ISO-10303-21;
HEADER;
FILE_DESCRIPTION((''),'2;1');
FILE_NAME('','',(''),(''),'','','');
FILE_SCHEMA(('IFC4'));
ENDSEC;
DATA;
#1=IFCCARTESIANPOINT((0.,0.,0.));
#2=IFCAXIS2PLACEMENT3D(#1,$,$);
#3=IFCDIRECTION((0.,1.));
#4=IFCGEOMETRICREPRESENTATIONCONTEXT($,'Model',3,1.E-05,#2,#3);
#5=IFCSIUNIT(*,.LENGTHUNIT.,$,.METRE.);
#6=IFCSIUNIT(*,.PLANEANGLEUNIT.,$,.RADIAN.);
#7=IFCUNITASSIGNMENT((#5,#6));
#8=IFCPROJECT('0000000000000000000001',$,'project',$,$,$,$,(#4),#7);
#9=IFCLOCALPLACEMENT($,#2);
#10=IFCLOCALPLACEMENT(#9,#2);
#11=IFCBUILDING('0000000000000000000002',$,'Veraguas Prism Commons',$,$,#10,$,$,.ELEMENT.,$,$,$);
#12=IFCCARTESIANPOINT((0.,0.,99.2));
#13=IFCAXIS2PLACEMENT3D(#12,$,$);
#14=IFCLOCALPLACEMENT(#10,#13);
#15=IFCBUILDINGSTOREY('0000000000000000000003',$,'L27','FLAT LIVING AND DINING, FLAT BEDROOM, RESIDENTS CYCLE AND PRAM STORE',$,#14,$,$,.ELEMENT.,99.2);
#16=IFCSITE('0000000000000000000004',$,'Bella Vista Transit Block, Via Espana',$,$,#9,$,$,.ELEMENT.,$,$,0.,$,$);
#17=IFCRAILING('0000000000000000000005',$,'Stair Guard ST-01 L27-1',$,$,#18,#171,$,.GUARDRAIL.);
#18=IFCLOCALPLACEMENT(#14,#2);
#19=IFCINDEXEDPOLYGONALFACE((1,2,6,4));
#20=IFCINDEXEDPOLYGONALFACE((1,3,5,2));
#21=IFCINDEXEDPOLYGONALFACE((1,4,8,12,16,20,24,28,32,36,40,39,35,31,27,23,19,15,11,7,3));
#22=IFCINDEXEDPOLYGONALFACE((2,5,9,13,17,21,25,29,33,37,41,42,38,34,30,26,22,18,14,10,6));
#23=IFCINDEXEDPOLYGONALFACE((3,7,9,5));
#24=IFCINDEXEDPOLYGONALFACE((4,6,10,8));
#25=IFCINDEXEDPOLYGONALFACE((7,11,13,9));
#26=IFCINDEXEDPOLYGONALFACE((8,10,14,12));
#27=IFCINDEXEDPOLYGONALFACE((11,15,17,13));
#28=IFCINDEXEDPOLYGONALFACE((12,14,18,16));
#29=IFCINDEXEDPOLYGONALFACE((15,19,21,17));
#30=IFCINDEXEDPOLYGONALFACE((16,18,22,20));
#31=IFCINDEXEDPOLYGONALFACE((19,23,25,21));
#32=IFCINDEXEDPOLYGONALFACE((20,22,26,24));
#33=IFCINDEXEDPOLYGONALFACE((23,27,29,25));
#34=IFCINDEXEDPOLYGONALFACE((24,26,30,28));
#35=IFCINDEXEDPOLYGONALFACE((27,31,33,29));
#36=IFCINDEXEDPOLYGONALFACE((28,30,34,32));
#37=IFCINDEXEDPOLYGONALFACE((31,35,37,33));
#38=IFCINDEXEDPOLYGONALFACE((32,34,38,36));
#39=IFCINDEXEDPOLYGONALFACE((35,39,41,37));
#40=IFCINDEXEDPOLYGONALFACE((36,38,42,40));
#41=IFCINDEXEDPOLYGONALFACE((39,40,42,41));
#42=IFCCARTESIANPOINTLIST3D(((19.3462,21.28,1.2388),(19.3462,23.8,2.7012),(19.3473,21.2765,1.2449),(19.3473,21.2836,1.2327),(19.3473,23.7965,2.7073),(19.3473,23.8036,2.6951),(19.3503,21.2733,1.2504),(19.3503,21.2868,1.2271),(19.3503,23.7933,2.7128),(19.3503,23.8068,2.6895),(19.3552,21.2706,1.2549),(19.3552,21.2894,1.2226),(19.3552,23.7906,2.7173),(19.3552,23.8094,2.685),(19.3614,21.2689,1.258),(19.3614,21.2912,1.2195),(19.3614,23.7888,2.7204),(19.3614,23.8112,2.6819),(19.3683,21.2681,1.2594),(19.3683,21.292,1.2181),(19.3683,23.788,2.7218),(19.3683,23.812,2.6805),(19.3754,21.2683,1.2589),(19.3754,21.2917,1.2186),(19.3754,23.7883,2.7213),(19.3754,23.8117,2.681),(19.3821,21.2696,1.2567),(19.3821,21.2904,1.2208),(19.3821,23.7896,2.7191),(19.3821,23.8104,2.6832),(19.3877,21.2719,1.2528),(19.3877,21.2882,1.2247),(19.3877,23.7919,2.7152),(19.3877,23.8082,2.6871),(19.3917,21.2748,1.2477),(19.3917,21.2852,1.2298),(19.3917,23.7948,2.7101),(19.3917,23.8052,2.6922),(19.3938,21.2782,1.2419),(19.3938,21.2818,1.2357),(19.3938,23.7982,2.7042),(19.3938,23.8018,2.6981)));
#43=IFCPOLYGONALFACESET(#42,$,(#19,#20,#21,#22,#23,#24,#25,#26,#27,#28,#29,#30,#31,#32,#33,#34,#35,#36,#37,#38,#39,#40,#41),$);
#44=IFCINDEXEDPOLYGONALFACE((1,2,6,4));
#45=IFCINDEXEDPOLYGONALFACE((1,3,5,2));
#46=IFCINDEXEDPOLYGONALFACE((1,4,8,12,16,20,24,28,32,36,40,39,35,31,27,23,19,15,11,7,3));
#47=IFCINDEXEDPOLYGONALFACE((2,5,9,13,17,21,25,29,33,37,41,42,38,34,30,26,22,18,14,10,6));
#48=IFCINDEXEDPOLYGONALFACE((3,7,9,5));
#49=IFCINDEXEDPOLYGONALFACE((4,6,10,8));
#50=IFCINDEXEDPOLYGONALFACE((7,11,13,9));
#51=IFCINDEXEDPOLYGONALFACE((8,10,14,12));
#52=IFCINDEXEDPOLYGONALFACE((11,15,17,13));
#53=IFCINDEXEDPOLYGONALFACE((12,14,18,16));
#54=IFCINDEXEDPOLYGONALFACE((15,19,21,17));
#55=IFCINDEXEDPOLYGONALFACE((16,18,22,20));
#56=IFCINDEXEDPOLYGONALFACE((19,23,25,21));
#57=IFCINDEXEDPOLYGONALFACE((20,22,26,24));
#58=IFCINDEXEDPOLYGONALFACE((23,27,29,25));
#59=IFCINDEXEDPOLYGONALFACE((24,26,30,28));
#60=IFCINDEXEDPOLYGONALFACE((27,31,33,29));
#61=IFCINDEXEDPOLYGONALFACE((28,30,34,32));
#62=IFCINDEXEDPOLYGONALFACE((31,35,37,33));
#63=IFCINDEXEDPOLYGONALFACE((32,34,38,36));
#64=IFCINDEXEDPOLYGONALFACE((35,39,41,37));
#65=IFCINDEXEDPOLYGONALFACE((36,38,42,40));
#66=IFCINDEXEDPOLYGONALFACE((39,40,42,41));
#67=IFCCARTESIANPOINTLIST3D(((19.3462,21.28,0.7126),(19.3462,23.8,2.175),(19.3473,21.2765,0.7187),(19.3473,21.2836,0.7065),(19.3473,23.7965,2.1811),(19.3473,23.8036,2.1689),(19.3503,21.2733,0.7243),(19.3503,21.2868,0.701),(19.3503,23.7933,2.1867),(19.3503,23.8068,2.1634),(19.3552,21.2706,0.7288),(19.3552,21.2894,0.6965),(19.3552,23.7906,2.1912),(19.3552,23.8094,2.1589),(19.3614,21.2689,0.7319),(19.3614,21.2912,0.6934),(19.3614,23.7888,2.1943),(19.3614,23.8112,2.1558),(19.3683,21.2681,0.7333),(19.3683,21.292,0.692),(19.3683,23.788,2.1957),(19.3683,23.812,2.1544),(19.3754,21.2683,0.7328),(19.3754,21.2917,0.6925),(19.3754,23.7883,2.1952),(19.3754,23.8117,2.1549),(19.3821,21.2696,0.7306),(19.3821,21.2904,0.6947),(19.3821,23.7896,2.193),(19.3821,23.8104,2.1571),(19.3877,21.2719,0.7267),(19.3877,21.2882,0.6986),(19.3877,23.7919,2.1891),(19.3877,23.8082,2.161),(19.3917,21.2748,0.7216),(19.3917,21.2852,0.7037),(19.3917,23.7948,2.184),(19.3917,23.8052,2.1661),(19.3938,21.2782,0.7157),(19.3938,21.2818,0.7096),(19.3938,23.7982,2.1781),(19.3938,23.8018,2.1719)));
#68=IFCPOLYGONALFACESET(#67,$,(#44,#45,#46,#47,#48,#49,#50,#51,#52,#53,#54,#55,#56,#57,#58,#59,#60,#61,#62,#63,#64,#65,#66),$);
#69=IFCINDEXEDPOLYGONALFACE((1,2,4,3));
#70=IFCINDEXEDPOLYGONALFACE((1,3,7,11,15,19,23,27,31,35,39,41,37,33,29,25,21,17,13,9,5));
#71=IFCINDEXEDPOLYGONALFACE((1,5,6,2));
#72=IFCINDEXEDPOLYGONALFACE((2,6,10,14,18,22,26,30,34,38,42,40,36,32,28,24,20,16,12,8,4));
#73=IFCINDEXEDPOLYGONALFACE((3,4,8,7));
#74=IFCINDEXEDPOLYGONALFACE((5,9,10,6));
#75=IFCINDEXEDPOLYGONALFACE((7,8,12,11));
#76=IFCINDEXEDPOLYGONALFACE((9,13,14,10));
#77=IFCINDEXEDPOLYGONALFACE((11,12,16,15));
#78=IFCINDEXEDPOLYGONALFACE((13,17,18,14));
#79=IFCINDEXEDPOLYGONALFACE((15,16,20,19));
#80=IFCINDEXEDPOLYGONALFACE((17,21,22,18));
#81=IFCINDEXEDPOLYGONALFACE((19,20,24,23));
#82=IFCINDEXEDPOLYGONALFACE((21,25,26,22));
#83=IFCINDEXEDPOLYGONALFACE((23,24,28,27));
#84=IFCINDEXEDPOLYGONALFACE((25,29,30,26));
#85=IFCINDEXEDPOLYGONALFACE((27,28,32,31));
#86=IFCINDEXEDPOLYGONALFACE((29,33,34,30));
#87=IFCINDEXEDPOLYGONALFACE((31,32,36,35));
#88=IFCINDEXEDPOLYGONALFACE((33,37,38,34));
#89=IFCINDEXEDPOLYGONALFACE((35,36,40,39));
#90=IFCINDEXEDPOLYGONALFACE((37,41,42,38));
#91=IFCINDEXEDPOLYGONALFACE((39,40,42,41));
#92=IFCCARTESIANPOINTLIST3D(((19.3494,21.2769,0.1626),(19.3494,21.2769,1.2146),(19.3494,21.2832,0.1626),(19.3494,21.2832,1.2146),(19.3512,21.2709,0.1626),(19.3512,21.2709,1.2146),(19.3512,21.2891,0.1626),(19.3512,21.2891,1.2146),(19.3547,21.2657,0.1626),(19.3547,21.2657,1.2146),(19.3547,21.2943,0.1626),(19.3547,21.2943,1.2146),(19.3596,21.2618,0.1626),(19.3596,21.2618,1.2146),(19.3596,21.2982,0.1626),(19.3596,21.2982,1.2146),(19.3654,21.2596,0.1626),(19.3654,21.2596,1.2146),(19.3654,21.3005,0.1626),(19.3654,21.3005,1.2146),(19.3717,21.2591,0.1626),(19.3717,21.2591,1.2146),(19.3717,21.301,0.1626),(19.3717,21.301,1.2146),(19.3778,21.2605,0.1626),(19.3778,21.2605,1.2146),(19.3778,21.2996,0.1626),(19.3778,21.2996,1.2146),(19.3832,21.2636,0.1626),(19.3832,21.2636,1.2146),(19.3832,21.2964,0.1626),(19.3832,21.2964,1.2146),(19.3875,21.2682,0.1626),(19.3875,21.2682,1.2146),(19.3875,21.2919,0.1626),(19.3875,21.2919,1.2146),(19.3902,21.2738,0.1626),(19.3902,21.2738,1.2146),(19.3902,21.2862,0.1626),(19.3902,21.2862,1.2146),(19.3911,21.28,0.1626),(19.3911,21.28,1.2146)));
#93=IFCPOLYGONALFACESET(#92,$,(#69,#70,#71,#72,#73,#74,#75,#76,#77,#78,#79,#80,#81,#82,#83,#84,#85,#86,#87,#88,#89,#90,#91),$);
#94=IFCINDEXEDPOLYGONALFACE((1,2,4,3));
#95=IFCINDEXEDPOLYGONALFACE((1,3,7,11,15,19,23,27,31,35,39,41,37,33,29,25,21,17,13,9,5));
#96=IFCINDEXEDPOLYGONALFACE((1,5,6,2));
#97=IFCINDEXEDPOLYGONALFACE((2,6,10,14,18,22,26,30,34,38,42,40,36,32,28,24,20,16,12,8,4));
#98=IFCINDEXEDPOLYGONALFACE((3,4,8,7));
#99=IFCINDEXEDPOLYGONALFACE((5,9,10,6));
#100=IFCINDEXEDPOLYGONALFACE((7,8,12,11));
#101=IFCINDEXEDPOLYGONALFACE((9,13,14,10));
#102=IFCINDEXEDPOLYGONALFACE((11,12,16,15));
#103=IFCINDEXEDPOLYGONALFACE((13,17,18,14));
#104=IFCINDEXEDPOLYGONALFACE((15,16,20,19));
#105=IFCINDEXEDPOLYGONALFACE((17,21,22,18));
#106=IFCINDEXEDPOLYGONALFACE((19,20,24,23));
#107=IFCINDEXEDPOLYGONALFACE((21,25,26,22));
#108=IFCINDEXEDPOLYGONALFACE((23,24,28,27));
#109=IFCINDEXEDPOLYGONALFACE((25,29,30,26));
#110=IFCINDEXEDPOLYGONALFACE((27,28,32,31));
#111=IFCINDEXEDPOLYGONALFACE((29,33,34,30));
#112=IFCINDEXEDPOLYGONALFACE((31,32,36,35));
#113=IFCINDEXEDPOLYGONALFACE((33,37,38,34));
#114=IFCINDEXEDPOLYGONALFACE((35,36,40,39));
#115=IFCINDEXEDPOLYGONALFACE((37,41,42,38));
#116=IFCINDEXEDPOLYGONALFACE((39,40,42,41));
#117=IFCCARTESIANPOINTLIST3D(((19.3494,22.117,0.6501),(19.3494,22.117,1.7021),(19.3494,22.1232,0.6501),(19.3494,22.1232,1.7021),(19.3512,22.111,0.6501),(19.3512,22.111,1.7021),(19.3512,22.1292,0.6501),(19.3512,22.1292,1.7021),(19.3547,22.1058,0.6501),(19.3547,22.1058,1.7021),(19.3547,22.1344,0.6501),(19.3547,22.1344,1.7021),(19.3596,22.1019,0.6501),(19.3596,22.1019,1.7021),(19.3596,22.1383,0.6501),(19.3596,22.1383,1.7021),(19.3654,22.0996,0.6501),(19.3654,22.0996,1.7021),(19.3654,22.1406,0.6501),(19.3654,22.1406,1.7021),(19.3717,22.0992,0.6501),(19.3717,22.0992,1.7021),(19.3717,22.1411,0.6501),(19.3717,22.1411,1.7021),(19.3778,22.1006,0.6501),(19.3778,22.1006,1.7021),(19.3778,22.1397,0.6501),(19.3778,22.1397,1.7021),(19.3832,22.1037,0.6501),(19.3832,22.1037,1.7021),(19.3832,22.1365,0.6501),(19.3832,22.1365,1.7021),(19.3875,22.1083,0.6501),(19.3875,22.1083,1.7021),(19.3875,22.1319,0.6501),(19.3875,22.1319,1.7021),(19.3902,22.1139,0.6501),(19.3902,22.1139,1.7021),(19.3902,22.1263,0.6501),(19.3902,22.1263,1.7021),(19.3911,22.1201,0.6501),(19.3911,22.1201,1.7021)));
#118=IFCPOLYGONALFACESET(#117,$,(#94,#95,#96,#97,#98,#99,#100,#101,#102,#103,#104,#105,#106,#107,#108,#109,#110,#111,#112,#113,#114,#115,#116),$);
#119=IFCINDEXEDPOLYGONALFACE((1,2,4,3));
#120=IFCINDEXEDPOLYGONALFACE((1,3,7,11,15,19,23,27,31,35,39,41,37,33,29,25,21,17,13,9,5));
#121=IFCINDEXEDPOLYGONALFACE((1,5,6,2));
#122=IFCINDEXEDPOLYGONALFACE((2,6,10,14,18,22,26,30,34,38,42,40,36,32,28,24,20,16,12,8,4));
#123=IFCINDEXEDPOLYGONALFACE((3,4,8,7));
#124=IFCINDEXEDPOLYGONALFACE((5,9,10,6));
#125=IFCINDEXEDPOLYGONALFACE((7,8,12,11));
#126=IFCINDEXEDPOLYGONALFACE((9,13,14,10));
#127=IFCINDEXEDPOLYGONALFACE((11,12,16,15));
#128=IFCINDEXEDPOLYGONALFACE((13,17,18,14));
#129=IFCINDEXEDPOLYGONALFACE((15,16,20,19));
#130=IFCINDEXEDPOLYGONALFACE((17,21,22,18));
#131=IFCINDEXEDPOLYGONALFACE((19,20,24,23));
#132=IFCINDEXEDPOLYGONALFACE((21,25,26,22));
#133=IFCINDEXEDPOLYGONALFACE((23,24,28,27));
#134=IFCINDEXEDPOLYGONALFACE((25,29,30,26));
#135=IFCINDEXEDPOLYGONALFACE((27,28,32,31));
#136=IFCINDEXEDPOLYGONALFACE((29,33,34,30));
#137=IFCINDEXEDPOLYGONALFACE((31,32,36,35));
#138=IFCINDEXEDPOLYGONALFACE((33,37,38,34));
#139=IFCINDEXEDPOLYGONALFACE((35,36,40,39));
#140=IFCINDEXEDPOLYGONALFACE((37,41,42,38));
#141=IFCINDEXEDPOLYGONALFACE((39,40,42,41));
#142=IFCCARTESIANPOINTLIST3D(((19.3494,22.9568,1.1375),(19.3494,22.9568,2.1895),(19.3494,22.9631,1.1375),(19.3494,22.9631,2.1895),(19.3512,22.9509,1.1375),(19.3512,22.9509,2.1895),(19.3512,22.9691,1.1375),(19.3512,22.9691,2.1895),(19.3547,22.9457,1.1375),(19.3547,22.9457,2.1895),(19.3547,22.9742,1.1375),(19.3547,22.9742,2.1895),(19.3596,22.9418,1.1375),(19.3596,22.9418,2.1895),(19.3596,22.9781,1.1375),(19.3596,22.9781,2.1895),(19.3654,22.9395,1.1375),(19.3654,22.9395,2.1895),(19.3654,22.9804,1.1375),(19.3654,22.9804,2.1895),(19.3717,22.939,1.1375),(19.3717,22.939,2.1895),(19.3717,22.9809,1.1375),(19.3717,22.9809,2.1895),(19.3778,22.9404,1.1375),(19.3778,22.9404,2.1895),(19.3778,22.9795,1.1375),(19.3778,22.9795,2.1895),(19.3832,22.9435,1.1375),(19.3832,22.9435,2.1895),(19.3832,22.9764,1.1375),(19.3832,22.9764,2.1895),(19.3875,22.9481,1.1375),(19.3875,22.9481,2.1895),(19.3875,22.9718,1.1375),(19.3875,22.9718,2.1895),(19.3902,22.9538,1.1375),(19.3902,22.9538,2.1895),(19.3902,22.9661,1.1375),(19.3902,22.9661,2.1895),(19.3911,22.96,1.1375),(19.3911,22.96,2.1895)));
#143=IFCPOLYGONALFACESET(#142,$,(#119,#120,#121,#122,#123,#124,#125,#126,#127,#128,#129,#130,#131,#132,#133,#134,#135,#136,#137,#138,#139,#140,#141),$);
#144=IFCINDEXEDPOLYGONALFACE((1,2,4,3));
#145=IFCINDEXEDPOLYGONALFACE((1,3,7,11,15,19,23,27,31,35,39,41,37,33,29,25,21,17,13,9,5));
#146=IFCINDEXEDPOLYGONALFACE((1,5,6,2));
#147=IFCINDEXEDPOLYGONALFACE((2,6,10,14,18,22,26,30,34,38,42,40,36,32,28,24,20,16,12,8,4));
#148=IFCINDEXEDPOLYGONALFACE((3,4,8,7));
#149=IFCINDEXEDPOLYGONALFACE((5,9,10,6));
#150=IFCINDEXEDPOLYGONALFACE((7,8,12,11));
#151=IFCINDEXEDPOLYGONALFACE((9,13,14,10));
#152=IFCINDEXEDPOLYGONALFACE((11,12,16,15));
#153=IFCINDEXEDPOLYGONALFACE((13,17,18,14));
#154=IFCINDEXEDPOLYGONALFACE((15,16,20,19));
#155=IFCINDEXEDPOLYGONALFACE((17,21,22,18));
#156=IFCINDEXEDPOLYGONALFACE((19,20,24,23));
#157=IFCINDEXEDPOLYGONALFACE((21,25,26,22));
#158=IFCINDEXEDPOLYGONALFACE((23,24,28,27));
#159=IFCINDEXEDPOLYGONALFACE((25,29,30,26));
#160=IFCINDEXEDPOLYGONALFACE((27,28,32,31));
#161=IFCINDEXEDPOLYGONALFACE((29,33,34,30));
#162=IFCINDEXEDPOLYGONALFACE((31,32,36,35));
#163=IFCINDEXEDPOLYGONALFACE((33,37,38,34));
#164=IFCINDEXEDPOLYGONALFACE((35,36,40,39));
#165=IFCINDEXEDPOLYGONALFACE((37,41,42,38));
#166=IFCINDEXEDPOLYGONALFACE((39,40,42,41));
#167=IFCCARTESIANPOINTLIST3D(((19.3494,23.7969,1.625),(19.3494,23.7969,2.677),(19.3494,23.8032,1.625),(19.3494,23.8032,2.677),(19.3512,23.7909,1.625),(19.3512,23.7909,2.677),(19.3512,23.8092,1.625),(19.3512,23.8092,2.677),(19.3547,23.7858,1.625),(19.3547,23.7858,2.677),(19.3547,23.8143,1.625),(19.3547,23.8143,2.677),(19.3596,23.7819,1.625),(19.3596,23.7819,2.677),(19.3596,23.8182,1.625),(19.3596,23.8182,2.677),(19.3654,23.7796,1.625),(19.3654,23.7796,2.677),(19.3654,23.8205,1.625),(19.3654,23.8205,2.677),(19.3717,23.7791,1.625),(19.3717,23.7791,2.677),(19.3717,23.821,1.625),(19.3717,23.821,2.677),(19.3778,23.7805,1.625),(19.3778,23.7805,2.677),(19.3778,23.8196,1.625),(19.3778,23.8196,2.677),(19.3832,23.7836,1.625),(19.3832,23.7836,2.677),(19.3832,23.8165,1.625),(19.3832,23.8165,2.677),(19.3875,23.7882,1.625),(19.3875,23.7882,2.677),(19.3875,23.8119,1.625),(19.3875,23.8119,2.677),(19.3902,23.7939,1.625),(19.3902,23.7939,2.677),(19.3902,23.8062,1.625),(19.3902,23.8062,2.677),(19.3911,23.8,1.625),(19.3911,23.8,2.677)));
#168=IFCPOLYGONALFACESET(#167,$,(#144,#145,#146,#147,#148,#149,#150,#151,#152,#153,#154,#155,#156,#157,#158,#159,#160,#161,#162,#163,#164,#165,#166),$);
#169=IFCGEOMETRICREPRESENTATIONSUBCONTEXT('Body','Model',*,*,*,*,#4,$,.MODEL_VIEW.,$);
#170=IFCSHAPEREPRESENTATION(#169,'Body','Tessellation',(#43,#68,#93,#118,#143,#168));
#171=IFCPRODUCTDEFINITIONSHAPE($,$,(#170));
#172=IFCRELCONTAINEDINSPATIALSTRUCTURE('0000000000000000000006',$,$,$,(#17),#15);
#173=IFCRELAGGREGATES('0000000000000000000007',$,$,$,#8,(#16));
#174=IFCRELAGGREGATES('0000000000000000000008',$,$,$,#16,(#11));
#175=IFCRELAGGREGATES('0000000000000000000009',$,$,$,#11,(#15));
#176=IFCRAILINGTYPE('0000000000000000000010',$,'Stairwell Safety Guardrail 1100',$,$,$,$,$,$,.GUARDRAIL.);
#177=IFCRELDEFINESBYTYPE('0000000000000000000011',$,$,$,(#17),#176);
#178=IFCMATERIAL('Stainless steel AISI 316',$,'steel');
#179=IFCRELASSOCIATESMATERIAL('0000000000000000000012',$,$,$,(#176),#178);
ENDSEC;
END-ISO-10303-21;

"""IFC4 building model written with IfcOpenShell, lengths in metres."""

from ifc_helpers import new_model, si_unit, direction, frame, origin, origin_2d, place, context, subcontext, project, spatial, circle, extrude, material, type_object, element, save


model = new_model("IFC4")

# Units and contexts
model_context = context("Model", 3, precision=1e-05, world=origin(), true_north=direction((0.0, 1.0)))
body_context = subcontext(model_context, "Body", "Model", "MODEL_VIEW")
ifc_project = project(units=[si_unit("LENGTHUNIT", "METRE"), si_unit("PLANEANGLEUNIT", "RADIAN")], contexts=[model_context])

# Site, building, storey
site_placement = place(None, origin())
site = spatial("IfcSite", under=ifc_project, at=site_placement, Name="Bella Vista Transit Block, Via Espana", CompositionType="ELEMENT", RefElevation=0.0)
building_placement = place(site_placement, origin())
building = spatial("IfcBuilding", under=site, at=building_placement, Name="Veraguas Prism Commons", CompositionType="ELEMENT")
storey_placement = place(building_placement, frame((0.0, 0.0, 99.2)))
storey = spatial("IfcBuildingStorey", under=building, at=storey_placement, Name="L27", Description="FLAT LIVING AND DINING, FLAT BEDROOM, RESIDENTS CYCLE AND PRAM STORE", CompositionType="ELEMENT", Elevation=99.2)

# Railing
ifc_material_1 = material(Name="Stainless steel AISI 316", Category="steel")
railing_type = type_object("IfcRailingType", Name="Stairwell Safety Guardrail 1100", PredefinedType="GUARDRAIL", material=ifc_material_1)
railing_1_placement = place(storey_placement, frame((19.3701, 21.28, 0.1626)))
element("IfcRailing", 1, at=railing_1_placement, inside=storey, type_object=railing_type, Name="Stair Guard ST-01 L27-1", PredefinedType="GUARDRAIL", context=body_context, shape_type="SweptSolid", body=[
    extrude(circle(Radius=0.0239, at=origin_2d()), frame((0.0, 0.0, 1.0762), z_axis=(0.0, 0.864913, 0.501921), x_axis=(-1.0, 0.0, 0.0)), (0.0, 0.0, 1.0), 2.9136),
    extrude(circle(Radius=0.0239, at=origin_2d()), frame((0.0, 0.0, 0.55), z_axis=(0.0, 0.864913, 0.501921), x_axis=(-1.0, 0.0, 0.0)), (0.0, 0.0, 1.0), 2.9136),
    extrude(circle(Radius=0.021, at=origin_2d()), origin(), (0.0, 0.0, 1.0), 1.052),
    extrude(circle(Radius=0.021, at=origin_2d()), frame((0.0, 0.8401, 0.4875)), (0.0, 0.0, 1.0), 1.052),
    extrude(circle(Radius=0.021, at=origin_2d()), frame((0.0, 1.6799, 0.9749)), (0.0, 0.0, 1.0), 1.052),
    extrude(circle(Radius=0.021, at=origin_2d()), frame((0.0, 2.52, 1.4624)), (0.0, 0.0, 1.0), 1.052),
])

save(model, "model.ifc")
